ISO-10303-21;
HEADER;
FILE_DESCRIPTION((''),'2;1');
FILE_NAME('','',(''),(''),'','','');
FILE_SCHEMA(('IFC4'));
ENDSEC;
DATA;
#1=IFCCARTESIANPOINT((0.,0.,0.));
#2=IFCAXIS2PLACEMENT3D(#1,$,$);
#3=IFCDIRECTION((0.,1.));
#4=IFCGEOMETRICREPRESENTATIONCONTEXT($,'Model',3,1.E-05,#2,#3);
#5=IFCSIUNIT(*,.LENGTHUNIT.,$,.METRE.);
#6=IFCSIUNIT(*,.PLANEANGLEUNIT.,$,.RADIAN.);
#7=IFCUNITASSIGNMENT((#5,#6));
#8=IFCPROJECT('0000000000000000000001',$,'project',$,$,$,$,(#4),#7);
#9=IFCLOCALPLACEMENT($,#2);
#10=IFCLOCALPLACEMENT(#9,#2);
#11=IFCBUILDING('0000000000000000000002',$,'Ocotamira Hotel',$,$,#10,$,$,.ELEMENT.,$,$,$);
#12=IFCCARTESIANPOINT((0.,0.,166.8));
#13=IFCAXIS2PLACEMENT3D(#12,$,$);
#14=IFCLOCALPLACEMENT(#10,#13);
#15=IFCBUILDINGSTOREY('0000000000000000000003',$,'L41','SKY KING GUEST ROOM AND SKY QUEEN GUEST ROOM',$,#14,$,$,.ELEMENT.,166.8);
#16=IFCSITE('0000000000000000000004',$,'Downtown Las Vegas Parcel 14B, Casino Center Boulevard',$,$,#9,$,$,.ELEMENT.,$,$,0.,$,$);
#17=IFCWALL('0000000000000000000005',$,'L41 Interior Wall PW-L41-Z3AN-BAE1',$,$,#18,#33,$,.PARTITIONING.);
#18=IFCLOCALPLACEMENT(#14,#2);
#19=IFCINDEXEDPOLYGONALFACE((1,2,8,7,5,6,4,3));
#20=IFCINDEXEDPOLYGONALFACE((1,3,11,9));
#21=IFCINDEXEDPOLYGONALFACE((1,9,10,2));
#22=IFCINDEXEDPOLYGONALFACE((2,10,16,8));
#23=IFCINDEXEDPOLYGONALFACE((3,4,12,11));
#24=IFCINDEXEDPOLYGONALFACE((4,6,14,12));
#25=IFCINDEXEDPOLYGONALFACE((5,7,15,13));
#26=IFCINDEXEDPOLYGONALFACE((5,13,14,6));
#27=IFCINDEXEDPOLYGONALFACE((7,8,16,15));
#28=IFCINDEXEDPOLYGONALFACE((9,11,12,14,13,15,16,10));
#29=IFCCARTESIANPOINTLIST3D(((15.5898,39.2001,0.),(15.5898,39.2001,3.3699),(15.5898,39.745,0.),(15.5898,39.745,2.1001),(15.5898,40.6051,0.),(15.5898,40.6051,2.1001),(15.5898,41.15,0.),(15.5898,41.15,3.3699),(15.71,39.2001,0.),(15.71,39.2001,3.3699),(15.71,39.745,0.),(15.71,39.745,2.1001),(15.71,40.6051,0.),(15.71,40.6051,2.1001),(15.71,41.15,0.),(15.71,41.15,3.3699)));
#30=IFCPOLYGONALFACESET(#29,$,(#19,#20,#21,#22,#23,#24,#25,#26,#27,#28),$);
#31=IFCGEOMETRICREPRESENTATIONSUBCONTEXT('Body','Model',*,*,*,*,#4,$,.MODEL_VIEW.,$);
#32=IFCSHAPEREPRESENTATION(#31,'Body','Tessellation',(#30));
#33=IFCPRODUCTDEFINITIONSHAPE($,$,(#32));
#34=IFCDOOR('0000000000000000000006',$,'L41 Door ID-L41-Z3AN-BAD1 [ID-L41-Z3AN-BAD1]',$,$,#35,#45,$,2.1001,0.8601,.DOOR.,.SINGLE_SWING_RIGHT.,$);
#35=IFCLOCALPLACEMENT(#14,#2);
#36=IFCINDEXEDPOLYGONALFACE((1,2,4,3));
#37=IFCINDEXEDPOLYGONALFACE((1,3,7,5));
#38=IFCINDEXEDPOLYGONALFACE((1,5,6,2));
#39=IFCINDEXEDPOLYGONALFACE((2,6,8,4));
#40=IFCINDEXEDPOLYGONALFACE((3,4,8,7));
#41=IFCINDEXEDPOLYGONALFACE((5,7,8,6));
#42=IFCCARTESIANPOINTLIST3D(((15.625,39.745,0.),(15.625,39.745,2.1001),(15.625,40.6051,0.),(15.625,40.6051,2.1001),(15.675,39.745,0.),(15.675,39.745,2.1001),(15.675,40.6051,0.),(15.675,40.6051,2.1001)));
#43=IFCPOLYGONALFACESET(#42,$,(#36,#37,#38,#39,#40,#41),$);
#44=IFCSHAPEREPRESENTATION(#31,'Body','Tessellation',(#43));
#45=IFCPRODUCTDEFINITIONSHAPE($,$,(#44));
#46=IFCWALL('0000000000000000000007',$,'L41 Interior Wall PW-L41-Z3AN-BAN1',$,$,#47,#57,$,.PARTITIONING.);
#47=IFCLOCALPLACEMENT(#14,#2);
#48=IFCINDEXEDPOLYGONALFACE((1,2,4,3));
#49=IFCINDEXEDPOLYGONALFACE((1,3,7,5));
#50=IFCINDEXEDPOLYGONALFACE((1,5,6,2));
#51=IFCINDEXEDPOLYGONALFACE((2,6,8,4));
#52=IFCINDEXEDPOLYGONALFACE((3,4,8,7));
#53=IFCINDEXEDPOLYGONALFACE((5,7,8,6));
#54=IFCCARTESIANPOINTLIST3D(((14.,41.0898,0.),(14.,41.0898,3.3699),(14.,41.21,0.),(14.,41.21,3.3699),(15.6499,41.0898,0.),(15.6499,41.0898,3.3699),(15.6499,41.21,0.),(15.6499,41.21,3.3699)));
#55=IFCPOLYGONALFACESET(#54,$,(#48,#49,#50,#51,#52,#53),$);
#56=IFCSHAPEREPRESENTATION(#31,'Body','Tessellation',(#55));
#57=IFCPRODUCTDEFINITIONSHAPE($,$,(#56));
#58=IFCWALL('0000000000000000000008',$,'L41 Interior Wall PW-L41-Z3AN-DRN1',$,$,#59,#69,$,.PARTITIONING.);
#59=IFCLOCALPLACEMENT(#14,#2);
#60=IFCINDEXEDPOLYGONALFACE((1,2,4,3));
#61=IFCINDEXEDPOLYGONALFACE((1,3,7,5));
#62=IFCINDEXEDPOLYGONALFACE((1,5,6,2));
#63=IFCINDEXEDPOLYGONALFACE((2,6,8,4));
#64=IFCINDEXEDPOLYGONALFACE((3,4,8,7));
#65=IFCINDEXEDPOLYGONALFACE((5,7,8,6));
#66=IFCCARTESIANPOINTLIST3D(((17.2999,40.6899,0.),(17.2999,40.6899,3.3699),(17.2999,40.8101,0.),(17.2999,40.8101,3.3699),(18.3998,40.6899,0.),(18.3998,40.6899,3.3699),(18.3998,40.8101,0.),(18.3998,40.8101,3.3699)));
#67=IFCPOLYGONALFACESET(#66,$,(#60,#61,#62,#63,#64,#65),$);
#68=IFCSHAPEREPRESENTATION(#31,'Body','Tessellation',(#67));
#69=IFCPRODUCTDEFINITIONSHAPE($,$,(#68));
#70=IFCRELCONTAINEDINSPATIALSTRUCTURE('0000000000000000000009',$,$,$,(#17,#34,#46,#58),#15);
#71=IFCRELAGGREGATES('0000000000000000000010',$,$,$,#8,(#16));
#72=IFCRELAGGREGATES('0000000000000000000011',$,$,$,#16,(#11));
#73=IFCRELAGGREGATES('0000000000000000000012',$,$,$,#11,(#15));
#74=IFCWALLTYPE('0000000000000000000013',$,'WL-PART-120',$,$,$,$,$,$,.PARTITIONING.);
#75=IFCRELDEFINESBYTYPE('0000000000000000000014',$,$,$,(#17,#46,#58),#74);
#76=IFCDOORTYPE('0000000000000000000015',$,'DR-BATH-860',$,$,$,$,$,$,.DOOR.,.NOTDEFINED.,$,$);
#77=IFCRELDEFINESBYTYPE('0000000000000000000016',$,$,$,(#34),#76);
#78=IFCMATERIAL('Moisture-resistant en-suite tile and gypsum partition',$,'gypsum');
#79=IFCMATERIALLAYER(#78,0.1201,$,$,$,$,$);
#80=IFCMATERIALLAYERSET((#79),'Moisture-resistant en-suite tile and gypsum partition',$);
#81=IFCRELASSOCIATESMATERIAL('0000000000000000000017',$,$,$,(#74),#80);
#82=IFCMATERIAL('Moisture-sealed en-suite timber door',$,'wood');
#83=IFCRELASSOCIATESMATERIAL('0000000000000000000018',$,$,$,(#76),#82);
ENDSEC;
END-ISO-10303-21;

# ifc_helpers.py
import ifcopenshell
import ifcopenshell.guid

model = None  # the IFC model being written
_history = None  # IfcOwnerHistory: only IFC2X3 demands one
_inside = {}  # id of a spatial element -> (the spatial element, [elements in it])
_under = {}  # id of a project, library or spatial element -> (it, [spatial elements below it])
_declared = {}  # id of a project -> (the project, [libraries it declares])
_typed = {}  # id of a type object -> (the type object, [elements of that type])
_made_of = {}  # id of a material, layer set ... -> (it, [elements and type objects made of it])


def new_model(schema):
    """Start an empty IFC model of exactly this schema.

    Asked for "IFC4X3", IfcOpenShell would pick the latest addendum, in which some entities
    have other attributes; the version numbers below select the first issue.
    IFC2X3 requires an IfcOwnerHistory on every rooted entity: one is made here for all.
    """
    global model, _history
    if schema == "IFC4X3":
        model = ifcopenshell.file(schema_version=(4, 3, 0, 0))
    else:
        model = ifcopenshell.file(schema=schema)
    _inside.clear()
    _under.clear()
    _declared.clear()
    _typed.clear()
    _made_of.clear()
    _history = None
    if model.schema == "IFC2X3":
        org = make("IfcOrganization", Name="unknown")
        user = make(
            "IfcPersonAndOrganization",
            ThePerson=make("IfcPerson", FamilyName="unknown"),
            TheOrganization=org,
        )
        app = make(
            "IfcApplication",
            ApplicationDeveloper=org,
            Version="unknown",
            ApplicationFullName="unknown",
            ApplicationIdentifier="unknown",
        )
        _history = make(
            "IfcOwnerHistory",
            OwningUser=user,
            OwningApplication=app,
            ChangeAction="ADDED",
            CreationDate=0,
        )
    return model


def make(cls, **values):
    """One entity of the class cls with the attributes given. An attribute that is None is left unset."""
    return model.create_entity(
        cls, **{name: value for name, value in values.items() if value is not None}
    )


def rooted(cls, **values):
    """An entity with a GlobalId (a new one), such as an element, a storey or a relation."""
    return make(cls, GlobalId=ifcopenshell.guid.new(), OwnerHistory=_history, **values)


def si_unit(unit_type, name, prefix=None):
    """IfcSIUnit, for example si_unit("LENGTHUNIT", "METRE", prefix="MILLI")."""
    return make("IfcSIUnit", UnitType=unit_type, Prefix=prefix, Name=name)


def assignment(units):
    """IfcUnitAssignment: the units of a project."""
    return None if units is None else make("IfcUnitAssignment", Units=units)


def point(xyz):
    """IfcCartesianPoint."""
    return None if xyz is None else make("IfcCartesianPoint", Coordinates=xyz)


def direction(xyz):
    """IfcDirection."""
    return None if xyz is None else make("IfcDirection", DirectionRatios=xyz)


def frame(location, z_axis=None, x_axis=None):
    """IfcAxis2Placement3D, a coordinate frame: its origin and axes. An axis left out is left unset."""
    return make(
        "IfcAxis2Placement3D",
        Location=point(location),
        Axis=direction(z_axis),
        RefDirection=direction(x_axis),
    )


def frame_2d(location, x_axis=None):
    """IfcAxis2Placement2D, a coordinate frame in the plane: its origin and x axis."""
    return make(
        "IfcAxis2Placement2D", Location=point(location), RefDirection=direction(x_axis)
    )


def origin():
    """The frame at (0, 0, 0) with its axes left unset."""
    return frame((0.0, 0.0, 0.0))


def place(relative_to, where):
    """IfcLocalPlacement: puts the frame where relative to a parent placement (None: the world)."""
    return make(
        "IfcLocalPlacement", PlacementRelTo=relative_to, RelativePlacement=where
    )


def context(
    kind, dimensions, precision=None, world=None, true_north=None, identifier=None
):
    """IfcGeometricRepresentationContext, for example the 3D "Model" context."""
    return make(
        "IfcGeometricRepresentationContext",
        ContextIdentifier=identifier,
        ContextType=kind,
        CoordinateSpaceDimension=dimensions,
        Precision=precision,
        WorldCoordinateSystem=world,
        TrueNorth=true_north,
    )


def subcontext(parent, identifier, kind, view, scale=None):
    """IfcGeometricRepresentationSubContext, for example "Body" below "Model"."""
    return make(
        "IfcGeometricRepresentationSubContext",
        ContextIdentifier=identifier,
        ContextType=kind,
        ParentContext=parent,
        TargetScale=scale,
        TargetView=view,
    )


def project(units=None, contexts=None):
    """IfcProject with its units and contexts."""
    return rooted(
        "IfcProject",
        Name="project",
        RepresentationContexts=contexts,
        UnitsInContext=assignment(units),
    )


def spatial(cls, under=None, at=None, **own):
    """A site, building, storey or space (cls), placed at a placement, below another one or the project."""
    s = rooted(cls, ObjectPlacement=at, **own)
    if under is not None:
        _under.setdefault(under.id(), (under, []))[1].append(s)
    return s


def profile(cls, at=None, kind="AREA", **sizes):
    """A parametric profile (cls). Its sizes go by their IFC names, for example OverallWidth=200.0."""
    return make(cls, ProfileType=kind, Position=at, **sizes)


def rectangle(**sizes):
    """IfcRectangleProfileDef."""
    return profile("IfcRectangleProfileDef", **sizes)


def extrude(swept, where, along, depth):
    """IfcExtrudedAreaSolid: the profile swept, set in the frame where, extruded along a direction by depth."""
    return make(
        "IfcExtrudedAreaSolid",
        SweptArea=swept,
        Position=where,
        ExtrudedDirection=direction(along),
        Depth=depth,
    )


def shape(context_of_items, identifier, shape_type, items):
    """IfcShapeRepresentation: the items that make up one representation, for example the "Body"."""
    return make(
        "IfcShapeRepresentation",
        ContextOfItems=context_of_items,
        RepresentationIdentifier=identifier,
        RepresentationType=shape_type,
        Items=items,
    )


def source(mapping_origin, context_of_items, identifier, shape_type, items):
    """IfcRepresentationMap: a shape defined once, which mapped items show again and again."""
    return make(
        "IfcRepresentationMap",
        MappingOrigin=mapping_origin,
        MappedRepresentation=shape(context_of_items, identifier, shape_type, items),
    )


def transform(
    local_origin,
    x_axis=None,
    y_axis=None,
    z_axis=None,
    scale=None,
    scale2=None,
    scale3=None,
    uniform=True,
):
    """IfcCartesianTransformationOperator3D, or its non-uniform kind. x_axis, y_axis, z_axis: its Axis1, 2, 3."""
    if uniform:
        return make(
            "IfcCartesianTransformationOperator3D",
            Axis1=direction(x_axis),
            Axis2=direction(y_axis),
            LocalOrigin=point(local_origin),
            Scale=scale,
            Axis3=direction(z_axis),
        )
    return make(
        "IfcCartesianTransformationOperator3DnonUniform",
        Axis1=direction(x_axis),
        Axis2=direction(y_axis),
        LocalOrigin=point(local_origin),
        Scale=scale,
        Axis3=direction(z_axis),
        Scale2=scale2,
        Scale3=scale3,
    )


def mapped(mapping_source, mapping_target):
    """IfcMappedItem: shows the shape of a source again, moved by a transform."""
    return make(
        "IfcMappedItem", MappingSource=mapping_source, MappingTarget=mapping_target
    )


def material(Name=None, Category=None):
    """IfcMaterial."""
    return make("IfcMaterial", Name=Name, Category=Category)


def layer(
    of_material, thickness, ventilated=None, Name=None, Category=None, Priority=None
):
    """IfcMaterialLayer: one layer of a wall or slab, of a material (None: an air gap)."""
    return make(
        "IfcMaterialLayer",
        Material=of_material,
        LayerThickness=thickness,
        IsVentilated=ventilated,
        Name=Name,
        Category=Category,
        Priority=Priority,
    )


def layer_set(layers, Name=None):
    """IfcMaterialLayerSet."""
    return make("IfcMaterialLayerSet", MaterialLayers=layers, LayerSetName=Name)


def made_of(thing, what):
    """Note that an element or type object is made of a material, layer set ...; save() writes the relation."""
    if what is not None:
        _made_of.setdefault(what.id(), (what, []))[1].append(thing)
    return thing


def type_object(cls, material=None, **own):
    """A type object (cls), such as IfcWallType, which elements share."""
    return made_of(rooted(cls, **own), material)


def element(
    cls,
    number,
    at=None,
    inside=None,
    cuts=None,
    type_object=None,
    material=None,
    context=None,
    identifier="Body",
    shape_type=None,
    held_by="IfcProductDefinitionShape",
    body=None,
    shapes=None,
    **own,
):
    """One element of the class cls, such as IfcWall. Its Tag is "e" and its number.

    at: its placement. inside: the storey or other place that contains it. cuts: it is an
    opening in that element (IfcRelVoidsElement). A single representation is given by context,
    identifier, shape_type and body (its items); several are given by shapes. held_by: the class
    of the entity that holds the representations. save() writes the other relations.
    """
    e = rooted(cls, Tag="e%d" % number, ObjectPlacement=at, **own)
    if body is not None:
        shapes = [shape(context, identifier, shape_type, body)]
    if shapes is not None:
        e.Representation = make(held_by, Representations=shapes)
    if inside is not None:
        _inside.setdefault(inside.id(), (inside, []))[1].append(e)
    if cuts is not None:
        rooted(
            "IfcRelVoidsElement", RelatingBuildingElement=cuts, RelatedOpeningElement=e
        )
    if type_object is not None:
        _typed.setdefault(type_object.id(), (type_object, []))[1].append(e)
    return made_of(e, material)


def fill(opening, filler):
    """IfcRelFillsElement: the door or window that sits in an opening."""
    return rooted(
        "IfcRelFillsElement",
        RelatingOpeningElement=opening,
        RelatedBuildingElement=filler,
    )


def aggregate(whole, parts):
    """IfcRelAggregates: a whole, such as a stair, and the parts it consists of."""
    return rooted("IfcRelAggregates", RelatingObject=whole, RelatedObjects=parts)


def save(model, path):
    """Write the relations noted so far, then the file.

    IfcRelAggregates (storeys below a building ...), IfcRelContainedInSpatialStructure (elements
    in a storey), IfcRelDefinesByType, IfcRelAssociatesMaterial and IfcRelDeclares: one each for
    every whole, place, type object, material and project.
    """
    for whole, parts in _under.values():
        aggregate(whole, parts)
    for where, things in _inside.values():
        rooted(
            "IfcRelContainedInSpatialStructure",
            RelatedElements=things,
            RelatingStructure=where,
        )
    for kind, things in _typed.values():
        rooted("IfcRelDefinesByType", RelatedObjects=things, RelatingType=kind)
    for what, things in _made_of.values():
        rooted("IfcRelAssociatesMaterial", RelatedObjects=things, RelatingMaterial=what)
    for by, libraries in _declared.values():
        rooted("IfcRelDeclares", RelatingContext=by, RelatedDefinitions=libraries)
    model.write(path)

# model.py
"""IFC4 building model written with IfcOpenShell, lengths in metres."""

from ifc_helpers import new_model, si_unit, direction, frame, frame_2d, origin, place, context, subcontext, project, spatial, rectangle, extrude, source, transform, mapped, material, layer, layer_set, type_object, element, fill, save


model = new_model("IFC4")

# Units and contexts
model_context = context("Model", 3, precision=1e-05, world=origin(), true_north=direction((0.0, 1.0)))
body_context = subcontext(model_context, "Body", "Model", "MODEL_VIEW")
ifc_project = project(units=[si_unit("LENGTHUNIT", "METRE"), si_unit("PLANEANGLEUNIT", "RADIAN")], contexts=[model_context])

# Site, building, storey
site_placement = place(None, origin())
site = spatial("IfcSite", under=ifc_project, at=site_placement, Name="Downtown Las Vegas Parcel 14B, Casino Center Boulevard", CompositionType="ELEMENT", RefElevation=0.0)
building_placement = place(site_placement, origin())
building = spatial("IfcBuilding", under=site, at=building_placement, Name="Ocotamira Hotel", CompositionType="ELEMENT")
storey_placement = place(building_placement, frame((0.0, 0.0, 166.8)))
storey = spatial("IfcBuildingStorey", under=building, at=storey_placement, Name="L41", Description="SKY KING GUEST ROOM AND SKY QUEEN GUEST ROOM", CompositionType="ELEMENT", Elevation=166.8)

# Wall, opening, door
ifc_material_1 = material(Name="Moisture-resistant en-suite tile and gypsum partition", Category="gypsum")
ifc_layer_1 = layer(ifc_material_1, 0.1201)
ifc_layer_set_1 = layer_set([ifc_layer_1], Name="Moisture-resistant en-suite tile and gypsum partition")
wall_type_1 = type_object("IfcWallType", Name="WL-PART-120", PredefinedType="PARTITIONING", material=ifc_layer_set_1)
wall_1_placement = place(storey_placement, frame((15.6499, 39.2, 0.0), z_axis=(0.0, 0.0, 1.0), x_axis=(0.0, 1.0, 0.0)))
wall_1 = element("IfcWall", 1, at=wall_1_placement, inside=storey, type_object=wall_type_1, Name="L41 Interior Wall PW-L41-Z3AN-BAE1", PredefinedType="PARTITIONING", context=body_context, shape_type="SweptSolid", body=[
    extrude(rectangle(XDim=1.95, YDim=0.1201, at=frame_2d((0.9751, 0.0))), origin(), (0.0, 0.0, 1.0), 3.3699),
])
opening_placement = place(wall_1_placement, frame((0.5449, 0.0, 0.0)))
opening = element("IfcOpeningElement", 2, at=opening_placement, cuts=wall_1, PredefinedType="OPENING", context=body_context, shape_type="SweptSolid", body=[
    extrude(rectangle(XDim=0.8601, YDim=2.1001, at=frame_2d((0.4302, 1.05))), frame((0.0, 0.0701, 0.0), z_axis=(0.0, -1.0, 0.0), x_axis=(1.0, 0.0, 0.0)), (0.0, 0.0, 1.0), 0.1401),
])
ifc_material_2 = material(Name="Moisture-sealed en-suite timber door", Category="wood")
door_type = type_object("IfcDoorType", Name="DR-BATH-860", OperationType="NOTDEFINED", PredefinedType="DOOR", material=ifc_material_2)
shared_shape_1 = source(origin(), body_context, "Body", "SweptSolid", [
    extrude(rectangle(XDim=0.8601, YDim=2.1001, at=frame_2d((0.4302, 1.05))), frame((0.0, 0.0249, 0.0), z_axis=(0.0, -1.0, 0.0), x_axis=(1.0, 0.0, 0.0)), (0.0, 0.0, 1.0), 0.05),
])
door_placement = place(opening_placement, origin())
door = element("IfcDoor", 3, at=door_placement, inside=storey, type_object=door_type, Name="L41 Door ID-L41-Z3AN-BAD1 [ID-L41-Z3AN-BAD1]", OperationType="SINGLE_SWING_RIGHT", OverallHeight=2.1001, OverallWidth=0.8601, PredefinedType="DOOR", context=body_context, shape_type="MappedRepresentation", body=[
    mapped(shared_shape_1, transform((0.0, 0.0, 0.0), scale=1.0)),
])
fill(opening, door)

# Walls
wall_2_placement = place(storey_placement, frame((14.0, 41.1499, 0.0), z_axis=(0.0, 0.0, 1.0), x_axis=(1.0, 0.0, 0.0)))
element("IfcWall", 4, at=wall_2_placement, inside=storey, type_object=wall_type_1, Name="L41 Interior Wall PW-L41-Z3AN-BAN1", PredefinedType="PARTITIONING", context=body_context, shape_type="SweptSolid", body=[
    extrude(rectangle(XDim=1.6499, YDim=0.1201, at=frame_2d((0.825, 0.0))), origin(), (0.0, 0.0, 1.0), 3.3699),
])
wall_3_placement = place(storey_placement, frame((17.3, 40.75, 0.0), z_axis=(0.0, 0.0, 1.0), x_axis=(1.0, 0.0, 0.0)))
element("IfcWall", 5, at=wall_3_placement, inside=storey, type_object=wall_type_1, Name="L41 Interior Wall PW-L41-Z3AN-DRN1", PredefinedType="PARTITIONING", context=body_context, shape_type="SweptSolid", body=[
    extrude(rectangle(XDim=1.0999, YDim=0.1201, at=frame_2d((0.5498, 0.0))), origin(), (0.0, 0.0, 1.0), 3.3699),
])

save(model, "model.ifc")
